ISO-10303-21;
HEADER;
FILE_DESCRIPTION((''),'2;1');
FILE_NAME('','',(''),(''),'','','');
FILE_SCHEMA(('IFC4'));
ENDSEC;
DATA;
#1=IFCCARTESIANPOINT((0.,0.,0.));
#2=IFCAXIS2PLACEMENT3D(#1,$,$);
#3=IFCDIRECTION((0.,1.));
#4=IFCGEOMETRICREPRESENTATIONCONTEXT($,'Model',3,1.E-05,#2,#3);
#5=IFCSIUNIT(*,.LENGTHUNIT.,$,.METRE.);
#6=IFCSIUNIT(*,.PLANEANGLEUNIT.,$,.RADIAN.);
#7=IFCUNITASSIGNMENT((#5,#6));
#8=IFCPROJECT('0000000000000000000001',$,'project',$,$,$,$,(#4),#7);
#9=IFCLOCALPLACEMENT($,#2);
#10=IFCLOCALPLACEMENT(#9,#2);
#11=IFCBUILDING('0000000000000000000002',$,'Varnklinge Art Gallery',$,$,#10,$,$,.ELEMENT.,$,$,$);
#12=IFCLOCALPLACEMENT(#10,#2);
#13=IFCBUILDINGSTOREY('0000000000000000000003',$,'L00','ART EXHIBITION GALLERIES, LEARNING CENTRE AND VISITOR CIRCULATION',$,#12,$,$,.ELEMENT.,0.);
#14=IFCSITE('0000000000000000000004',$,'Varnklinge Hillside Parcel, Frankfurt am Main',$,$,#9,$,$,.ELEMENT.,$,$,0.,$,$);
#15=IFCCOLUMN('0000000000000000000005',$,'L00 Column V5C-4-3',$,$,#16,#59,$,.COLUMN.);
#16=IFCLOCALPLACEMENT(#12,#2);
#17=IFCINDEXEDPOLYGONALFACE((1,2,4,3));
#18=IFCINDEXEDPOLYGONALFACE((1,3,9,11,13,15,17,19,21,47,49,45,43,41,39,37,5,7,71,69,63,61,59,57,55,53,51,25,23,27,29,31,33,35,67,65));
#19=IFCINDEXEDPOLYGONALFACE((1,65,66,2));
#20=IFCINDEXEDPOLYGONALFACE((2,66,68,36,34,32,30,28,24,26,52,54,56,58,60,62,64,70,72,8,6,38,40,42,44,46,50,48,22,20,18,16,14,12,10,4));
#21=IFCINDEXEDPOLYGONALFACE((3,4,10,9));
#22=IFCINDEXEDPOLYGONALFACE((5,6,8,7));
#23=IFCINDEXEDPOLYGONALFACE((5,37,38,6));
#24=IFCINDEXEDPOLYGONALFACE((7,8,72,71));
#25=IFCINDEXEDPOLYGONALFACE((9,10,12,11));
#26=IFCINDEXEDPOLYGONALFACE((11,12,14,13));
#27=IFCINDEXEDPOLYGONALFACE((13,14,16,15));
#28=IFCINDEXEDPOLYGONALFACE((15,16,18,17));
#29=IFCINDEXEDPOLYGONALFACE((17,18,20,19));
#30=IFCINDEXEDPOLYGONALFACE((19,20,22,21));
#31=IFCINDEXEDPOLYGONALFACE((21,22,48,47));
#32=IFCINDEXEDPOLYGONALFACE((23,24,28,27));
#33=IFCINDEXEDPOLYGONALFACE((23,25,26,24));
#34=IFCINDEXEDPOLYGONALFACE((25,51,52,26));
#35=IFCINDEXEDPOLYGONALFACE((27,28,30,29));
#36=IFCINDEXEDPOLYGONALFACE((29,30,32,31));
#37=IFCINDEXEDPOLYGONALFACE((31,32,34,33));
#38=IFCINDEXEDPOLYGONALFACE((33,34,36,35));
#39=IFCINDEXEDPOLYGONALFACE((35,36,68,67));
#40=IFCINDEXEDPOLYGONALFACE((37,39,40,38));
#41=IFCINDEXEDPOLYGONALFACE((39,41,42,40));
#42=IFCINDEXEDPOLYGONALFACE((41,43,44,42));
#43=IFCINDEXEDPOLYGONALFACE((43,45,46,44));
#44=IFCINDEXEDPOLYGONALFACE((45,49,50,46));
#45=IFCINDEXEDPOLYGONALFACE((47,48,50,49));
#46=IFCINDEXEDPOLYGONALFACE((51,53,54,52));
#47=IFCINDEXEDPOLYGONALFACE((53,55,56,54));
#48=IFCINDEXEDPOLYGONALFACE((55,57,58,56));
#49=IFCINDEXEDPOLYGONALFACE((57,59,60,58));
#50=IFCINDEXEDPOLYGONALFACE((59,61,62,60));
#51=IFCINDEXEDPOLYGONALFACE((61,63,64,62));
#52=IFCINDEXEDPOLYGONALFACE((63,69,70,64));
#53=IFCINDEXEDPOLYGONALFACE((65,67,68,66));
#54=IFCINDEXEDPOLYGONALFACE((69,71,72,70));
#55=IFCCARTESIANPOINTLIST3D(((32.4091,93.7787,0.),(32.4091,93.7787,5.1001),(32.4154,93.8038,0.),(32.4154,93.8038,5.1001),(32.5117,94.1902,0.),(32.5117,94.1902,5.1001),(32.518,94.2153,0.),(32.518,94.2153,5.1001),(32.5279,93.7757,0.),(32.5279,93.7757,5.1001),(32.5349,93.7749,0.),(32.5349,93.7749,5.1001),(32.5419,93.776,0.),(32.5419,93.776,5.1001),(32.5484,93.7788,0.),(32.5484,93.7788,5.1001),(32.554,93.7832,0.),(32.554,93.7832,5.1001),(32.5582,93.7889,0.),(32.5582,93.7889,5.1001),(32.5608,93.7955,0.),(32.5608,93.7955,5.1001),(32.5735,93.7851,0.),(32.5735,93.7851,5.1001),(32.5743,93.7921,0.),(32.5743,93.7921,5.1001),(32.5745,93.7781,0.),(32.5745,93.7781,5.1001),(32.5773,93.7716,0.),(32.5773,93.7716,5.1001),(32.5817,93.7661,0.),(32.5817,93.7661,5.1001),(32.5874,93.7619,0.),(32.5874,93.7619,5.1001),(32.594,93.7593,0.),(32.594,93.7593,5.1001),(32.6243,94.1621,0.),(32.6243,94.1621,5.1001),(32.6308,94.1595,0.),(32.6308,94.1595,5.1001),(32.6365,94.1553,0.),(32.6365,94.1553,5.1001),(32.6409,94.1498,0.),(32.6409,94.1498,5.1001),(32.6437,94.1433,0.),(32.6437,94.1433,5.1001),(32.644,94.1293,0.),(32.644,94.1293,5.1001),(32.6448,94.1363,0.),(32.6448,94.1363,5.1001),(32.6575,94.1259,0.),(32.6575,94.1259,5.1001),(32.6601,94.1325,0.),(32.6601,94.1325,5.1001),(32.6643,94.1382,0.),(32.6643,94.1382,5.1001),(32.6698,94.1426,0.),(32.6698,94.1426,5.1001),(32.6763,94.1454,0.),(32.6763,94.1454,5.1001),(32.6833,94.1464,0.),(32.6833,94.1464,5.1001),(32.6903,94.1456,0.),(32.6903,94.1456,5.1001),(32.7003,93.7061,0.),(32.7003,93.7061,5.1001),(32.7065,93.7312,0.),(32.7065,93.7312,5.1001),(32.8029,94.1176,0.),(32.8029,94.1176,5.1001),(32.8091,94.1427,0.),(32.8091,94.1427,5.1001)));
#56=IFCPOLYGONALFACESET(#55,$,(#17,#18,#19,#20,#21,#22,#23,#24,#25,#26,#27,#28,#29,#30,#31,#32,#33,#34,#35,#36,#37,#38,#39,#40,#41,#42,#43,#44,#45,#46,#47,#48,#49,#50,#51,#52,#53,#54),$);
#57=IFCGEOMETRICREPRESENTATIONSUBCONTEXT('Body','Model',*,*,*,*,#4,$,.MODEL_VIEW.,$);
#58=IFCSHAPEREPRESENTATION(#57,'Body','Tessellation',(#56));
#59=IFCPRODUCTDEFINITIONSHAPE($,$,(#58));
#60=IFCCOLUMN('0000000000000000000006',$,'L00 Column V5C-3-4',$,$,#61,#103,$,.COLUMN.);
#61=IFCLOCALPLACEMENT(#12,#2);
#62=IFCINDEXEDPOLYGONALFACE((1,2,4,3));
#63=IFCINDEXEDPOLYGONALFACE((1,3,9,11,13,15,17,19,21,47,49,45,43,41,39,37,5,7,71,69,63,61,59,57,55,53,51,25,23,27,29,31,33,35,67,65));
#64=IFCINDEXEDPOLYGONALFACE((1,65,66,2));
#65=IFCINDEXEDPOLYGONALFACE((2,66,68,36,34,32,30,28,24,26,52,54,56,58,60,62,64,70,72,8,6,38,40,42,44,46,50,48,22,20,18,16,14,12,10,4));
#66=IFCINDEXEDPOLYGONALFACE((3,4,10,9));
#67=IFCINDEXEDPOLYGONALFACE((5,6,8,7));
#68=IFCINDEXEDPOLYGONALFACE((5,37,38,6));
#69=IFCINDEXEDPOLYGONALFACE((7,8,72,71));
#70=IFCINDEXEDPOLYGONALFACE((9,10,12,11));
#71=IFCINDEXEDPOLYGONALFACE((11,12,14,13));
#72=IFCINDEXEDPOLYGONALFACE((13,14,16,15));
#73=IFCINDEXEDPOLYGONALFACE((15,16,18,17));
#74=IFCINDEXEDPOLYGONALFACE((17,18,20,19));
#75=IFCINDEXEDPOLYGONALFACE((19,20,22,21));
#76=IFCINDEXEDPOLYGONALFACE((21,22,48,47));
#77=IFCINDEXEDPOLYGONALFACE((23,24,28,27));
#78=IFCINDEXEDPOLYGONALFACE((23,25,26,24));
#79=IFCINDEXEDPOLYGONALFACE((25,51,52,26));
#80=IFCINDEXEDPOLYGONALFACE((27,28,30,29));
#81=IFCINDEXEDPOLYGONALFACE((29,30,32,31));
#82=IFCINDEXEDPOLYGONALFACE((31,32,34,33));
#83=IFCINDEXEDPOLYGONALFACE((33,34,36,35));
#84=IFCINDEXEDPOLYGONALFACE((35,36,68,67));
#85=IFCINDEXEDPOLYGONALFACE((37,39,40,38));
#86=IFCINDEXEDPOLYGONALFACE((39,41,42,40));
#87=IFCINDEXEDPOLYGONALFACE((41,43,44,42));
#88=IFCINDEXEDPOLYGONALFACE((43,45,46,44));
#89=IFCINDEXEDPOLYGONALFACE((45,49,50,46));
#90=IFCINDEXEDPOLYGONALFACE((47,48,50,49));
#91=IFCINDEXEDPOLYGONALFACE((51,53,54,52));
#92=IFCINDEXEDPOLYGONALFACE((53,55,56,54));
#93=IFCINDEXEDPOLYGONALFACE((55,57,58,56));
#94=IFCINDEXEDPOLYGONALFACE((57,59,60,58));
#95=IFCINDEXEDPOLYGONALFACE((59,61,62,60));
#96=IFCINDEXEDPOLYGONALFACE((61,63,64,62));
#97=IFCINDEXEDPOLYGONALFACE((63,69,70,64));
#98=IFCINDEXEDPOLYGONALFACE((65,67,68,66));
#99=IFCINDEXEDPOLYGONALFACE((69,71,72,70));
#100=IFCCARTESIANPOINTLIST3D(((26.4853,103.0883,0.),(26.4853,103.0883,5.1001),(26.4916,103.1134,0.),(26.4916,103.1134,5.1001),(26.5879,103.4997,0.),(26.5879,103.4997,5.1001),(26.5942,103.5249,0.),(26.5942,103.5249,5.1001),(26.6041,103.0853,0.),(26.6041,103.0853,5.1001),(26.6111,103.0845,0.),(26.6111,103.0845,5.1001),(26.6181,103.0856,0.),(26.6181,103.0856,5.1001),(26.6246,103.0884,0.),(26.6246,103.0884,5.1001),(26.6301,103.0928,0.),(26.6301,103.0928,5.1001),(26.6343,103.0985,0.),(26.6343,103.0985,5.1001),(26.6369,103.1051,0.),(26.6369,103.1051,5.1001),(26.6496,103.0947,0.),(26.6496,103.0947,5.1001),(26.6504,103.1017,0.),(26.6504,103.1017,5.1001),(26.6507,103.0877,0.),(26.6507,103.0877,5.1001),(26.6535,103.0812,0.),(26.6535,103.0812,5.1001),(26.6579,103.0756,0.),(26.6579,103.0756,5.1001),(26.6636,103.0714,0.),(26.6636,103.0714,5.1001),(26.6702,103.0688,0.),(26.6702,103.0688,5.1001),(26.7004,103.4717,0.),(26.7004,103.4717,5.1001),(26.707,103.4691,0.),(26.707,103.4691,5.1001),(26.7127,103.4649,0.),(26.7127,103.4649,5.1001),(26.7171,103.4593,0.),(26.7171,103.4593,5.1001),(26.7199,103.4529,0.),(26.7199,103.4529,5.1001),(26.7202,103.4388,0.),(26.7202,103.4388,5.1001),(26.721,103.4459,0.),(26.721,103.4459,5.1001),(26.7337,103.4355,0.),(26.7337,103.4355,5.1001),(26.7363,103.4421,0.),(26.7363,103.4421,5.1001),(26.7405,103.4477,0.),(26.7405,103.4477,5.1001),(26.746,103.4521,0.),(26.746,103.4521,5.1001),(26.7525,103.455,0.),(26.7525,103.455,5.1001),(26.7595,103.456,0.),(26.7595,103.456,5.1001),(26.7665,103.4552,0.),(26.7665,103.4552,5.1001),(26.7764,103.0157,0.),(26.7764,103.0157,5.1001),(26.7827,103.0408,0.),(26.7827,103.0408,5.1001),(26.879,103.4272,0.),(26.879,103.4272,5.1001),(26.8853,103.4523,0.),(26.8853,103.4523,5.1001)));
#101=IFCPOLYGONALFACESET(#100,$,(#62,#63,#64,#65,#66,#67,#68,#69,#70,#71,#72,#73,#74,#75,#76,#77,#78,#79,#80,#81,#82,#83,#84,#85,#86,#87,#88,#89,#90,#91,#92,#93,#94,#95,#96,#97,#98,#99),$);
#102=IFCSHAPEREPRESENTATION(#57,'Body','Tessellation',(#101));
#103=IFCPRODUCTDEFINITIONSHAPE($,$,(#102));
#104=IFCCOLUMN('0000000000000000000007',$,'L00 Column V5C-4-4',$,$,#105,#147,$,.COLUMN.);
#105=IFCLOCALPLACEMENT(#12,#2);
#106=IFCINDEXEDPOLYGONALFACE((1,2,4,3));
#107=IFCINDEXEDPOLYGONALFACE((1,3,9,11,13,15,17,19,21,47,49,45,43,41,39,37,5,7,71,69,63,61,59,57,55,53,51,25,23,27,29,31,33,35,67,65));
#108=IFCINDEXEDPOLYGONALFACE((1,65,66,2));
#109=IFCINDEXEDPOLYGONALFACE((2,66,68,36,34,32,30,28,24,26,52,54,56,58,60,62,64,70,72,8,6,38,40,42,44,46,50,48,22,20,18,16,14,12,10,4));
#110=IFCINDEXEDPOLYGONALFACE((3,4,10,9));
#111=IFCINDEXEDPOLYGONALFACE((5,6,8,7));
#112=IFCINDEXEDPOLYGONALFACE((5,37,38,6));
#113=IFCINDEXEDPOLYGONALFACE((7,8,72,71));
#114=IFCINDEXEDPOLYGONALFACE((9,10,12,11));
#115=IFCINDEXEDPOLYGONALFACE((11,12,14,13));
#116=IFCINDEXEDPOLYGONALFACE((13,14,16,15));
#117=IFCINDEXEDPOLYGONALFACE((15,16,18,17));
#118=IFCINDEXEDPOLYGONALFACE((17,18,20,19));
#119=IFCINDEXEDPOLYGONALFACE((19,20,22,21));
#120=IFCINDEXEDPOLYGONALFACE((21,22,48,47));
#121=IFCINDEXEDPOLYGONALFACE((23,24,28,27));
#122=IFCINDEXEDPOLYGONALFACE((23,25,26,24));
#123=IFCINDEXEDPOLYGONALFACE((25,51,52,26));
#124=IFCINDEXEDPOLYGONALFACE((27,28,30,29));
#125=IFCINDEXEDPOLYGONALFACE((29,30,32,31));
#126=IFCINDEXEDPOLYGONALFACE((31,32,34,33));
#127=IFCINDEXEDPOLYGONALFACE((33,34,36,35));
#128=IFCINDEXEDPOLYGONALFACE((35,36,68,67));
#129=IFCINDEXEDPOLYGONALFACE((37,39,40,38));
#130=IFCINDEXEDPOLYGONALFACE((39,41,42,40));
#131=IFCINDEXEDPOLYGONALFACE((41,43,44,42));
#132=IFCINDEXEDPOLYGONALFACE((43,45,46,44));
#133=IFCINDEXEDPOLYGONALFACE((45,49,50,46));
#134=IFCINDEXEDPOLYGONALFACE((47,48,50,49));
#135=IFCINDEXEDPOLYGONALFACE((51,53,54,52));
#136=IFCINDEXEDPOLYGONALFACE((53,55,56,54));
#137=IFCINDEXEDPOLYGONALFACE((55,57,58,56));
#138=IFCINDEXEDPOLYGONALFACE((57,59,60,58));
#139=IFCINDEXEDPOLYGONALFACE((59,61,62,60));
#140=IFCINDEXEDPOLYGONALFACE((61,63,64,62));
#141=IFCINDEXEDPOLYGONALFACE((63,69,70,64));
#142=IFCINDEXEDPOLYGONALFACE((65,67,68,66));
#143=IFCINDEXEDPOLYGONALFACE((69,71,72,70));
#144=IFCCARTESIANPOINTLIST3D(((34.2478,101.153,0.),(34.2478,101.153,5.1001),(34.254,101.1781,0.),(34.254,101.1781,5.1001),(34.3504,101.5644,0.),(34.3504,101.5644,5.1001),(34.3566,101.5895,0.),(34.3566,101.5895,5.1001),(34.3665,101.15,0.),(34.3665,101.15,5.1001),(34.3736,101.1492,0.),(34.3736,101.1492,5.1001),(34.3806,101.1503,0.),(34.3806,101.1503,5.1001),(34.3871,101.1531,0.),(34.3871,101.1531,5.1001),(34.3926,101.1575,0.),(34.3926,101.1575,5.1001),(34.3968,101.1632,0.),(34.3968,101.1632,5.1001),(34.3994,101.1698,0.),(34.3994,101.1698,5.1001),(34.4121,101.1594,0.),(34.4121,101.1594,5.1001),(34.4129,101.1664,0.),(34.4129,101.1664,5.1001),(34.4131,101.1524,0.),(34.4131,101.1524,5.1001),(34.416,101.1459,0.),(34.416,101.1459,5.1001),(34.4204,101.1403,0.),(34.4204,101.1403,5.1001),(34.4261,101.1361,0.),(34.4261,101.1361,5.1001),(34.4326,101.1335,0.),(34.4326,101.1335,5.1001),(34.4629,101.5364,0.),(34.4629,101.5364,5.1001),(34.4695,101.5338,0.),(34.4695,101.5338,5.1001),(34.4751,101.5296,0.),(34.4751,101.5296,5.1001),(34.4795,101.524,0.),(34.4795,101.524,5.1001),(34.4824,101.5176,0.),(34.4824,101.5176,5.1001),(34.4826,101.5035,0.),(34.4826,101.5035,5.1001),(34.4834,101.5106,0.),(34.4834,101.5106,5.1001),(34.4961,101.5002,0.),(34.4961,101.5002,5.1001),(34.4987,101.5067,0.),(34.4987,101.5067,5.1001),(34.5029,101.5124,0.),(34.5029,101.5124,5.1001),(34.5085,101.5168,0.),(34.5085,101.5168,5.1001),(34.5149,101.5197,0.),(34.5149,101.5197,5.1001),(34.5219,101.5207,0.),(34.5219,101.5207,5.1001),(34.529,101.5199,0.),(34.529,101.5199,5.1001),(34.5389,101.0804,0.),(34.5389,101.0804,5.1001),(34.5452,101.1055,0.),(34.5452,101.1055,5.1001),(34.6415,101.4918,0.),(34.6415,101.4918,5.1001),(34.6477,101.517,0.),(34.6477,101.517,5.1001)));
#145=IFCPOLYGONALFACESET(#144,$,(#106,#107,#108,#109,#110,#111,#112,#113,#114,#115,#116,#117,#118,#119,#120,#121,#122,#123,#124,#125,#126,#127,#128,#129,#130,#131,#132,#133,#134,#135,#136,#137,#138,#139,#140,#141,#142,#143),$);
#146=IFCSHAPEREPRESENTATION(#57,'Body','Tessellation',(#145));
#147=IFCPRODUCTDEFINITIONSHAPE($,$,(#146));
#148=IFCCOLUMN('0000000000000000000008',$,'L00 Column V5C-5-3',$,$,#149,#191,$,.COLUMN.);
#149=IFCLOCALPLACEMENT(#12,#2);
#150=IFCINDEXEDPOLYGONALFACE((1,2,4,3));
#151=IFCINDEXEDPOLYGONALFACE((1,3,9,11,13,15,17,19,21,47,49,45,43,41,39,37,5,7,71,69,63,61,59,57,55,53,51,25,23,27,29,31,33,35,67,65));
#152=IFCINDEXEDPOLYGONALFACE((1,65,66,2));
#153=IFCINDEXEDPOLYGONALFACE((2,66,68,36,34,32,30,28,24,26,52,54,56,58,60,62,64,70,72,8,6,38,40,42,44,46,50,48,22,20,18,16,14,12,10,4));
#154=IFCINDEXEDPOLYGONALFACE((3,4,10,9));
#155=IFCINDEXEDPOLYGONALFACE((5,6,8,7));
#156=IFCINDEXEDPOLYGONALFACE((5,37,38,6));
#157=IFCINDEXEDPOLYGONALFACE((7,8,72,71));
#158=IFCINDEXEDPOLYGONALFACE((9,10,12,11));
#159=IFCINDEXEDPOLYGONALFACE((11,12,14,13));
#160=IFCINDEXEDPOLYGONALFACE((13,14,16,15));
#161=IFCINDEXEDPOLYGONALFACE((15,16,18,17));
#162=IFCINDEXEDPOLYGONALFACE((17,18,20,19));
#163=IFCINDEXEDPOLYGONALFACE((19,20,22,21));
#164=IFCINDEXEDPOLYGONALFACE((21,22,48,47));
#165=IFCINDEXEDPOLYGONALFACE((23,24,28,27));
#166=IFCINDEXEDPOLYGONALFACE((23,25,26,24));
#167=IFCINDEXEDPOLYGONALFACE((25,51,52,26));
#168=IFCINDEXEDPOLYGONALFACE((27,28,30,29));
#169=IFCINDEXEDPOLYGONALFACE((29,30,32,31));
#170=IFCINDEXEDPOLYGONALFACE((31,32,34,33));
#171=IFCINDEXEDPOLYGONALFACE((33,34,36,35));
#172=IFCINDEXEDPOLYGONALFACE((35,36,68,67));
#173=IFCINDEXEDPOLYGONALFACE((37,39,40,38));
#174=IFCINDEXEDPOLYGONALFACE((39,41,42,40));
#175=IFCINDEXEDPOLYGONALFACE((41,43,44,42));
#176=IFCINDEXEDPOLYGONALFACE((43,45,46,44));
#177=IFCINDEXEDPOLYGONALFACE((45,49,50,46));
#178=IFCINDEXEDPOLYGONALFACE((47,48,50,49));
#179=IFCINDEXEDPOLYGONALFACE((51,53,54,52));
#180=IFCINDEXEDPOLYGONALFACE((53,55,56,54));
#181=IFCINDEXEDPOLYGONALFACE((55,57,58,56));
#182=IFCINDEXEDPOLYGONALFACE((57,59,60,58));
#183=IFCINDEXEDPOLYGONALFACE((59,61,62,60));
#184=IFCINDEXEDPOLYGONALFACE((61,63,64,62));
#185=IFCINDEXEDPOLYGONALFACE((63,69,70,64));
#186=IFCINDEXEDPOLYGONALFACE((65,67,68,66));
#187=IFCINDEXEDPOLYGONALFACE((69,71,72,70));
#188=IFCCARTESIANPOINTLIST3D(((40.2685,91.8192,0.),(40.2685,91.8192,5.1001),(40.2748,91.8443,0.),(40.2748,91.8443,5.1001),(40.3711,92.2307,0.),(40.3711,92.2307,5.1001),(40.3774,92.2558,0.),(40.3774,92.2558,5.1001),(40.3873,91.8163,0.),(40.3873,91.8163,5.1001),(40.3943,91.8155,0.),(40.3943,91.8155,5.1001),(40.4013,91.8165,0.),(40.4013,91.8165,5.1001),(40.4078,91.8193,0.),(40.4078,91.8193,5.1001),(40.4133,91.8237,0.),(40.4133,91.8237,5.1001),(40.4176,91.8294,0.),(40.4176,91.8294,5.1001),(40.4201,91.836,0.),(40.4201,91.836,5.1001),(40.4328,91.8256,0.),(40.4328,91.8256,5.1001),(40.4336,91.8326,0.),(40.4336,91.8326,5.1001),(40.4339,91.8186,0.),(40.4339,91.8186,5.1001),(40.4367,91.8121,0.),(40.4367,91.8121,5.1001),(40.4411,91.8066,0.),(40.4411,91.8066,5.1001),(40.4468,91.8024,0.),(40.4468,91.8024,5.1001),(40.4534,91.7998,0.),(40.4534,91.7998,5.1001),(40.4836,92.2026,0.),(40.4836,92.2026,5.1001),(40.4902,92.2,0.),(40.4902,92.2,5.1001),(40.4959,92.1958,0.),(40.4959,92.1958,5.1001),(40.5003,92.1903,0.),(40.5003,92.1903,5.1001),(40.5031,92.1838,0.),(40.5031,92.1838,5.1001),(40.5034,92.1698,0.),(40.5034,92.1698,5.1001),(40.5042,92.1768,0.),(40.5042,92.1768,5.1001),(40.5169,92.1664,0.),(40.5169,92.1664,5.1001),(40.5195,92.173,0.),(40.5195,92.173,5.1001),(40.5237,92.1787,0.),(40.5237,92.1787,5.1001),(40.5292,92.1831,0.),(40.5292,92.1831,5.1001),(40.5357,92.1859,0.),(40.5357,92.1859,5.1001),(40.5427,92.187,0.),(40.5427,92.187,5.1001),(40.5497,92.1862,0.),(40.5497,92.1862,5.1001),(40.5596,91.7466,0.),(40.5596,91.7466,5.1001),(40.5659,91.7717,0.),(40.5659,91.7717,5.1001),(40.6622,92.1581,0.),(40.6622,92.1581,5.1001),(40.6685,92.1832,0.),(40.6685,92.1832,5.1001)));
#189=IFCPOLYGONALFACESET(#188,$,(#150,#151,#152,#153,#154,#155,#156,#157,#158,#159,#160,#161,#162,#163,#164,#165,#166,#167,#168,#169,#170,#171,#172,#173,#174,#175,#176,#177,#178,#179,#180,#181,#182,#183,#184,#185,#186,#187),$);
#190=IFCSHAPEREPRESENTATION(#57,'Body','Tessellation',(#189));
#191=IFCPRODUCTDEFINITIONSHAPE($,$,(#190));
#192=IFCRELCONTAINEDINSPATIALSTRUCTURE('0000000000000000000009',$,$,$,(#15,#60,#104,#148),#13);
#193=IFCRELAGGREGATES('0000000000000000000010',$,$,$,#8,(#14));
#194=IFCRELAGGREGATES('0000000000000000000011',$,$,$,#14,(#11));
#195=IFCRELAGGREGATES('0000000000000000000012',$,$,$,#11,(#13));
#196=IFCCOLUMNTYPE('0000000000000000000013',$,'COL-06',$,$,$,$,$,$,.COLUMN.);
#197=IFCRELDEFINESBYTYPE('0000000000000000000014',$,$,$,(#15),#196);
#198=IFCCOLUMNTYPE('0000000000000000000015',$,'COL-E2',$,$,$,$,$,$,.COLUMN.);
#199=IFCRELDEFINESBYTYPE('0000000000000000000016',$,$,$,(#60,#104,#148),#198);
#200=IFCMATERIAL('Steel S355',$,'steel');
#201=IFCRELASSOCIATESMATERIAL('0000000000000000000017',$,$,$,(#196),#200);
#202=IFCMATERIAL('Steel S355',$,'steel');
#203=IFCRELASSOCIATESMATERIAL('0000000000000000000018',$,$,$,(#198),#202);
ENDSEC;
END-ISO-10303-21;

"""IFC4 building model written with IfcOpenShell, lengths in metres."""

from ifc_helpers import new_model, si_unit, direction, frame, origin, origin_2d, place, context, subcontext, project, spatial, i_section, extrude, material, material_profile, profile_set, type_object, element, save


model = new_model("IFC4")

# Units and contexts
model_context = context("Model", 3, precision=1e-05, world=origin(), true_north=direction((0.0, 1.0)))
body_context = subcontext(model_context, "Body", "Model", "MODEL_VIEW")
ifc_project = project(units=[si_unit("LENGTHUNIT", "METRE"), si_unit("PLANEANGLEUNIT", "RADIAN")], contexts=[model_context])

# Site, building, storey
site_placement = place(None, origin())
site = spatial("IfcSite", under=ifc_project, at=site_placement, Name="Varnklinge Hillside Parcel, Frankfurt am Main", CompositionType="ELEMENT", RefElevation=0.0)
building_placement = place(site_placement, origin())
building = spatial("IfcBuilding", under=site, at=building_placement, Name="Varnklinge Art Gallery", CompositionType="ELEMENT")
storey_placement = place(building_placement, origin())
storey = spatial("IfcBuildingStorey", under=building, at=storey_placement, Name="L00", Description="ART EXHIBITION GALLERIES, LEARNING CENTRE AND VISITOR CIRCULATION", CompositionType="ELEMENT", Elevation=0.0)

# Columns
ifc_material_1 = material(Name="Steel S355", Category="steel")
ifc_material_profile_1 = material_profile(ifc_material_1, i_section(OverallWidth=0.3, OverallDepth=0.45, WebThickness=0.0139, FlangeThickness=0.0259, FilletRadius=0.0271, at=origin_2d()), Name="HEB 450")
ifc_profile_set_1 = profile_set([ifc_material_profile_1], Name="Steel S355")
column_type_1 = type_object("IfcColumnType", Name="COL-06", PredefinedType="COLUMN", material=ifc_profile_set_1)
column_placement = place(storey_placement, frame((32.6091, 93.9607, 0.0), z_axis=(0.0, 0.0, 1.0), x_axis=(0.970296, -0.241922, 0.0)))
element("IfcColumn", 1, at=column_placement, inside=storey, type_object=column_type_1, Name="L00 Column V5C-4-3", PredefinedType="COLUMN", context=body_context, shape_type="SweptSolid", body=[
    extrude(i_section(OverallWidth=0.3, OverallDepth=0.45, WebThickness=0.0139, FlangeThickness=0.0259, FilletRadius=0.0271, at=origin_2d()), origin(), (0.0, 0.0, 1.0), 5.1001),
])
ifc_material_2 = material(Name="Steel S355", Category="steel")
ifc_material_profile_2 = material_profile(ifc_material_2, i_section(OverallWidth=0.3, OverallDepth=0.45, WebThickness=0.0139, FlangeThickness=0.0259, FilletRadius=0.0271, at=origin_2d()), Name="HEB 450")
ifc_profile_set_2 = profile_set([ifc_material_profile_2], Name="Steel S355")
column_type_2 = type_object("IfcColumnType", Name="COL-E2", PredefinedType="COLUMN", material=ifc_profile_set_2)
for number, where, z_axis, x_axis, name in (
    (2, (26.6853, 103.2703, 0.0), (0.0, 0.0, 1.0), (0.970296, -0.241922, 0.0), "L00 Column V5C-3-4"),
    (3, (34.4478, 101.335, 0.0), (0.0, 0.0, 1.0), (0.970296, -0.241922, 0.0), "L00 Column V5C-4-4"),
    (4, (40.4685, 92.0012, 0.0), (0.0, 0.0, 1.0), (0.970296, -0.241922, 0.0), "L00 Column V5C-5-3"),
):
    element("IfcColumn", number, at=place(storey_placement, frame(where, z_axis=z_axis, x_axis=x_axis)), inside=storey, type_object=column_type_2, Name=name, PredefinedType="COLUMN", context=body_context, shape_type="SweptSolid", body=[
        extrude(i_section(OverallWidth=0.3, OverallDepth=0.45, WebThickness=0.0139, FlangeThickness=0.0259, FilletRadius=0.0271, at=origin_2d()), origin(), (0.0, 0.0, 1.0), 5.1001),
    ])

save(model, "model.ifc")
